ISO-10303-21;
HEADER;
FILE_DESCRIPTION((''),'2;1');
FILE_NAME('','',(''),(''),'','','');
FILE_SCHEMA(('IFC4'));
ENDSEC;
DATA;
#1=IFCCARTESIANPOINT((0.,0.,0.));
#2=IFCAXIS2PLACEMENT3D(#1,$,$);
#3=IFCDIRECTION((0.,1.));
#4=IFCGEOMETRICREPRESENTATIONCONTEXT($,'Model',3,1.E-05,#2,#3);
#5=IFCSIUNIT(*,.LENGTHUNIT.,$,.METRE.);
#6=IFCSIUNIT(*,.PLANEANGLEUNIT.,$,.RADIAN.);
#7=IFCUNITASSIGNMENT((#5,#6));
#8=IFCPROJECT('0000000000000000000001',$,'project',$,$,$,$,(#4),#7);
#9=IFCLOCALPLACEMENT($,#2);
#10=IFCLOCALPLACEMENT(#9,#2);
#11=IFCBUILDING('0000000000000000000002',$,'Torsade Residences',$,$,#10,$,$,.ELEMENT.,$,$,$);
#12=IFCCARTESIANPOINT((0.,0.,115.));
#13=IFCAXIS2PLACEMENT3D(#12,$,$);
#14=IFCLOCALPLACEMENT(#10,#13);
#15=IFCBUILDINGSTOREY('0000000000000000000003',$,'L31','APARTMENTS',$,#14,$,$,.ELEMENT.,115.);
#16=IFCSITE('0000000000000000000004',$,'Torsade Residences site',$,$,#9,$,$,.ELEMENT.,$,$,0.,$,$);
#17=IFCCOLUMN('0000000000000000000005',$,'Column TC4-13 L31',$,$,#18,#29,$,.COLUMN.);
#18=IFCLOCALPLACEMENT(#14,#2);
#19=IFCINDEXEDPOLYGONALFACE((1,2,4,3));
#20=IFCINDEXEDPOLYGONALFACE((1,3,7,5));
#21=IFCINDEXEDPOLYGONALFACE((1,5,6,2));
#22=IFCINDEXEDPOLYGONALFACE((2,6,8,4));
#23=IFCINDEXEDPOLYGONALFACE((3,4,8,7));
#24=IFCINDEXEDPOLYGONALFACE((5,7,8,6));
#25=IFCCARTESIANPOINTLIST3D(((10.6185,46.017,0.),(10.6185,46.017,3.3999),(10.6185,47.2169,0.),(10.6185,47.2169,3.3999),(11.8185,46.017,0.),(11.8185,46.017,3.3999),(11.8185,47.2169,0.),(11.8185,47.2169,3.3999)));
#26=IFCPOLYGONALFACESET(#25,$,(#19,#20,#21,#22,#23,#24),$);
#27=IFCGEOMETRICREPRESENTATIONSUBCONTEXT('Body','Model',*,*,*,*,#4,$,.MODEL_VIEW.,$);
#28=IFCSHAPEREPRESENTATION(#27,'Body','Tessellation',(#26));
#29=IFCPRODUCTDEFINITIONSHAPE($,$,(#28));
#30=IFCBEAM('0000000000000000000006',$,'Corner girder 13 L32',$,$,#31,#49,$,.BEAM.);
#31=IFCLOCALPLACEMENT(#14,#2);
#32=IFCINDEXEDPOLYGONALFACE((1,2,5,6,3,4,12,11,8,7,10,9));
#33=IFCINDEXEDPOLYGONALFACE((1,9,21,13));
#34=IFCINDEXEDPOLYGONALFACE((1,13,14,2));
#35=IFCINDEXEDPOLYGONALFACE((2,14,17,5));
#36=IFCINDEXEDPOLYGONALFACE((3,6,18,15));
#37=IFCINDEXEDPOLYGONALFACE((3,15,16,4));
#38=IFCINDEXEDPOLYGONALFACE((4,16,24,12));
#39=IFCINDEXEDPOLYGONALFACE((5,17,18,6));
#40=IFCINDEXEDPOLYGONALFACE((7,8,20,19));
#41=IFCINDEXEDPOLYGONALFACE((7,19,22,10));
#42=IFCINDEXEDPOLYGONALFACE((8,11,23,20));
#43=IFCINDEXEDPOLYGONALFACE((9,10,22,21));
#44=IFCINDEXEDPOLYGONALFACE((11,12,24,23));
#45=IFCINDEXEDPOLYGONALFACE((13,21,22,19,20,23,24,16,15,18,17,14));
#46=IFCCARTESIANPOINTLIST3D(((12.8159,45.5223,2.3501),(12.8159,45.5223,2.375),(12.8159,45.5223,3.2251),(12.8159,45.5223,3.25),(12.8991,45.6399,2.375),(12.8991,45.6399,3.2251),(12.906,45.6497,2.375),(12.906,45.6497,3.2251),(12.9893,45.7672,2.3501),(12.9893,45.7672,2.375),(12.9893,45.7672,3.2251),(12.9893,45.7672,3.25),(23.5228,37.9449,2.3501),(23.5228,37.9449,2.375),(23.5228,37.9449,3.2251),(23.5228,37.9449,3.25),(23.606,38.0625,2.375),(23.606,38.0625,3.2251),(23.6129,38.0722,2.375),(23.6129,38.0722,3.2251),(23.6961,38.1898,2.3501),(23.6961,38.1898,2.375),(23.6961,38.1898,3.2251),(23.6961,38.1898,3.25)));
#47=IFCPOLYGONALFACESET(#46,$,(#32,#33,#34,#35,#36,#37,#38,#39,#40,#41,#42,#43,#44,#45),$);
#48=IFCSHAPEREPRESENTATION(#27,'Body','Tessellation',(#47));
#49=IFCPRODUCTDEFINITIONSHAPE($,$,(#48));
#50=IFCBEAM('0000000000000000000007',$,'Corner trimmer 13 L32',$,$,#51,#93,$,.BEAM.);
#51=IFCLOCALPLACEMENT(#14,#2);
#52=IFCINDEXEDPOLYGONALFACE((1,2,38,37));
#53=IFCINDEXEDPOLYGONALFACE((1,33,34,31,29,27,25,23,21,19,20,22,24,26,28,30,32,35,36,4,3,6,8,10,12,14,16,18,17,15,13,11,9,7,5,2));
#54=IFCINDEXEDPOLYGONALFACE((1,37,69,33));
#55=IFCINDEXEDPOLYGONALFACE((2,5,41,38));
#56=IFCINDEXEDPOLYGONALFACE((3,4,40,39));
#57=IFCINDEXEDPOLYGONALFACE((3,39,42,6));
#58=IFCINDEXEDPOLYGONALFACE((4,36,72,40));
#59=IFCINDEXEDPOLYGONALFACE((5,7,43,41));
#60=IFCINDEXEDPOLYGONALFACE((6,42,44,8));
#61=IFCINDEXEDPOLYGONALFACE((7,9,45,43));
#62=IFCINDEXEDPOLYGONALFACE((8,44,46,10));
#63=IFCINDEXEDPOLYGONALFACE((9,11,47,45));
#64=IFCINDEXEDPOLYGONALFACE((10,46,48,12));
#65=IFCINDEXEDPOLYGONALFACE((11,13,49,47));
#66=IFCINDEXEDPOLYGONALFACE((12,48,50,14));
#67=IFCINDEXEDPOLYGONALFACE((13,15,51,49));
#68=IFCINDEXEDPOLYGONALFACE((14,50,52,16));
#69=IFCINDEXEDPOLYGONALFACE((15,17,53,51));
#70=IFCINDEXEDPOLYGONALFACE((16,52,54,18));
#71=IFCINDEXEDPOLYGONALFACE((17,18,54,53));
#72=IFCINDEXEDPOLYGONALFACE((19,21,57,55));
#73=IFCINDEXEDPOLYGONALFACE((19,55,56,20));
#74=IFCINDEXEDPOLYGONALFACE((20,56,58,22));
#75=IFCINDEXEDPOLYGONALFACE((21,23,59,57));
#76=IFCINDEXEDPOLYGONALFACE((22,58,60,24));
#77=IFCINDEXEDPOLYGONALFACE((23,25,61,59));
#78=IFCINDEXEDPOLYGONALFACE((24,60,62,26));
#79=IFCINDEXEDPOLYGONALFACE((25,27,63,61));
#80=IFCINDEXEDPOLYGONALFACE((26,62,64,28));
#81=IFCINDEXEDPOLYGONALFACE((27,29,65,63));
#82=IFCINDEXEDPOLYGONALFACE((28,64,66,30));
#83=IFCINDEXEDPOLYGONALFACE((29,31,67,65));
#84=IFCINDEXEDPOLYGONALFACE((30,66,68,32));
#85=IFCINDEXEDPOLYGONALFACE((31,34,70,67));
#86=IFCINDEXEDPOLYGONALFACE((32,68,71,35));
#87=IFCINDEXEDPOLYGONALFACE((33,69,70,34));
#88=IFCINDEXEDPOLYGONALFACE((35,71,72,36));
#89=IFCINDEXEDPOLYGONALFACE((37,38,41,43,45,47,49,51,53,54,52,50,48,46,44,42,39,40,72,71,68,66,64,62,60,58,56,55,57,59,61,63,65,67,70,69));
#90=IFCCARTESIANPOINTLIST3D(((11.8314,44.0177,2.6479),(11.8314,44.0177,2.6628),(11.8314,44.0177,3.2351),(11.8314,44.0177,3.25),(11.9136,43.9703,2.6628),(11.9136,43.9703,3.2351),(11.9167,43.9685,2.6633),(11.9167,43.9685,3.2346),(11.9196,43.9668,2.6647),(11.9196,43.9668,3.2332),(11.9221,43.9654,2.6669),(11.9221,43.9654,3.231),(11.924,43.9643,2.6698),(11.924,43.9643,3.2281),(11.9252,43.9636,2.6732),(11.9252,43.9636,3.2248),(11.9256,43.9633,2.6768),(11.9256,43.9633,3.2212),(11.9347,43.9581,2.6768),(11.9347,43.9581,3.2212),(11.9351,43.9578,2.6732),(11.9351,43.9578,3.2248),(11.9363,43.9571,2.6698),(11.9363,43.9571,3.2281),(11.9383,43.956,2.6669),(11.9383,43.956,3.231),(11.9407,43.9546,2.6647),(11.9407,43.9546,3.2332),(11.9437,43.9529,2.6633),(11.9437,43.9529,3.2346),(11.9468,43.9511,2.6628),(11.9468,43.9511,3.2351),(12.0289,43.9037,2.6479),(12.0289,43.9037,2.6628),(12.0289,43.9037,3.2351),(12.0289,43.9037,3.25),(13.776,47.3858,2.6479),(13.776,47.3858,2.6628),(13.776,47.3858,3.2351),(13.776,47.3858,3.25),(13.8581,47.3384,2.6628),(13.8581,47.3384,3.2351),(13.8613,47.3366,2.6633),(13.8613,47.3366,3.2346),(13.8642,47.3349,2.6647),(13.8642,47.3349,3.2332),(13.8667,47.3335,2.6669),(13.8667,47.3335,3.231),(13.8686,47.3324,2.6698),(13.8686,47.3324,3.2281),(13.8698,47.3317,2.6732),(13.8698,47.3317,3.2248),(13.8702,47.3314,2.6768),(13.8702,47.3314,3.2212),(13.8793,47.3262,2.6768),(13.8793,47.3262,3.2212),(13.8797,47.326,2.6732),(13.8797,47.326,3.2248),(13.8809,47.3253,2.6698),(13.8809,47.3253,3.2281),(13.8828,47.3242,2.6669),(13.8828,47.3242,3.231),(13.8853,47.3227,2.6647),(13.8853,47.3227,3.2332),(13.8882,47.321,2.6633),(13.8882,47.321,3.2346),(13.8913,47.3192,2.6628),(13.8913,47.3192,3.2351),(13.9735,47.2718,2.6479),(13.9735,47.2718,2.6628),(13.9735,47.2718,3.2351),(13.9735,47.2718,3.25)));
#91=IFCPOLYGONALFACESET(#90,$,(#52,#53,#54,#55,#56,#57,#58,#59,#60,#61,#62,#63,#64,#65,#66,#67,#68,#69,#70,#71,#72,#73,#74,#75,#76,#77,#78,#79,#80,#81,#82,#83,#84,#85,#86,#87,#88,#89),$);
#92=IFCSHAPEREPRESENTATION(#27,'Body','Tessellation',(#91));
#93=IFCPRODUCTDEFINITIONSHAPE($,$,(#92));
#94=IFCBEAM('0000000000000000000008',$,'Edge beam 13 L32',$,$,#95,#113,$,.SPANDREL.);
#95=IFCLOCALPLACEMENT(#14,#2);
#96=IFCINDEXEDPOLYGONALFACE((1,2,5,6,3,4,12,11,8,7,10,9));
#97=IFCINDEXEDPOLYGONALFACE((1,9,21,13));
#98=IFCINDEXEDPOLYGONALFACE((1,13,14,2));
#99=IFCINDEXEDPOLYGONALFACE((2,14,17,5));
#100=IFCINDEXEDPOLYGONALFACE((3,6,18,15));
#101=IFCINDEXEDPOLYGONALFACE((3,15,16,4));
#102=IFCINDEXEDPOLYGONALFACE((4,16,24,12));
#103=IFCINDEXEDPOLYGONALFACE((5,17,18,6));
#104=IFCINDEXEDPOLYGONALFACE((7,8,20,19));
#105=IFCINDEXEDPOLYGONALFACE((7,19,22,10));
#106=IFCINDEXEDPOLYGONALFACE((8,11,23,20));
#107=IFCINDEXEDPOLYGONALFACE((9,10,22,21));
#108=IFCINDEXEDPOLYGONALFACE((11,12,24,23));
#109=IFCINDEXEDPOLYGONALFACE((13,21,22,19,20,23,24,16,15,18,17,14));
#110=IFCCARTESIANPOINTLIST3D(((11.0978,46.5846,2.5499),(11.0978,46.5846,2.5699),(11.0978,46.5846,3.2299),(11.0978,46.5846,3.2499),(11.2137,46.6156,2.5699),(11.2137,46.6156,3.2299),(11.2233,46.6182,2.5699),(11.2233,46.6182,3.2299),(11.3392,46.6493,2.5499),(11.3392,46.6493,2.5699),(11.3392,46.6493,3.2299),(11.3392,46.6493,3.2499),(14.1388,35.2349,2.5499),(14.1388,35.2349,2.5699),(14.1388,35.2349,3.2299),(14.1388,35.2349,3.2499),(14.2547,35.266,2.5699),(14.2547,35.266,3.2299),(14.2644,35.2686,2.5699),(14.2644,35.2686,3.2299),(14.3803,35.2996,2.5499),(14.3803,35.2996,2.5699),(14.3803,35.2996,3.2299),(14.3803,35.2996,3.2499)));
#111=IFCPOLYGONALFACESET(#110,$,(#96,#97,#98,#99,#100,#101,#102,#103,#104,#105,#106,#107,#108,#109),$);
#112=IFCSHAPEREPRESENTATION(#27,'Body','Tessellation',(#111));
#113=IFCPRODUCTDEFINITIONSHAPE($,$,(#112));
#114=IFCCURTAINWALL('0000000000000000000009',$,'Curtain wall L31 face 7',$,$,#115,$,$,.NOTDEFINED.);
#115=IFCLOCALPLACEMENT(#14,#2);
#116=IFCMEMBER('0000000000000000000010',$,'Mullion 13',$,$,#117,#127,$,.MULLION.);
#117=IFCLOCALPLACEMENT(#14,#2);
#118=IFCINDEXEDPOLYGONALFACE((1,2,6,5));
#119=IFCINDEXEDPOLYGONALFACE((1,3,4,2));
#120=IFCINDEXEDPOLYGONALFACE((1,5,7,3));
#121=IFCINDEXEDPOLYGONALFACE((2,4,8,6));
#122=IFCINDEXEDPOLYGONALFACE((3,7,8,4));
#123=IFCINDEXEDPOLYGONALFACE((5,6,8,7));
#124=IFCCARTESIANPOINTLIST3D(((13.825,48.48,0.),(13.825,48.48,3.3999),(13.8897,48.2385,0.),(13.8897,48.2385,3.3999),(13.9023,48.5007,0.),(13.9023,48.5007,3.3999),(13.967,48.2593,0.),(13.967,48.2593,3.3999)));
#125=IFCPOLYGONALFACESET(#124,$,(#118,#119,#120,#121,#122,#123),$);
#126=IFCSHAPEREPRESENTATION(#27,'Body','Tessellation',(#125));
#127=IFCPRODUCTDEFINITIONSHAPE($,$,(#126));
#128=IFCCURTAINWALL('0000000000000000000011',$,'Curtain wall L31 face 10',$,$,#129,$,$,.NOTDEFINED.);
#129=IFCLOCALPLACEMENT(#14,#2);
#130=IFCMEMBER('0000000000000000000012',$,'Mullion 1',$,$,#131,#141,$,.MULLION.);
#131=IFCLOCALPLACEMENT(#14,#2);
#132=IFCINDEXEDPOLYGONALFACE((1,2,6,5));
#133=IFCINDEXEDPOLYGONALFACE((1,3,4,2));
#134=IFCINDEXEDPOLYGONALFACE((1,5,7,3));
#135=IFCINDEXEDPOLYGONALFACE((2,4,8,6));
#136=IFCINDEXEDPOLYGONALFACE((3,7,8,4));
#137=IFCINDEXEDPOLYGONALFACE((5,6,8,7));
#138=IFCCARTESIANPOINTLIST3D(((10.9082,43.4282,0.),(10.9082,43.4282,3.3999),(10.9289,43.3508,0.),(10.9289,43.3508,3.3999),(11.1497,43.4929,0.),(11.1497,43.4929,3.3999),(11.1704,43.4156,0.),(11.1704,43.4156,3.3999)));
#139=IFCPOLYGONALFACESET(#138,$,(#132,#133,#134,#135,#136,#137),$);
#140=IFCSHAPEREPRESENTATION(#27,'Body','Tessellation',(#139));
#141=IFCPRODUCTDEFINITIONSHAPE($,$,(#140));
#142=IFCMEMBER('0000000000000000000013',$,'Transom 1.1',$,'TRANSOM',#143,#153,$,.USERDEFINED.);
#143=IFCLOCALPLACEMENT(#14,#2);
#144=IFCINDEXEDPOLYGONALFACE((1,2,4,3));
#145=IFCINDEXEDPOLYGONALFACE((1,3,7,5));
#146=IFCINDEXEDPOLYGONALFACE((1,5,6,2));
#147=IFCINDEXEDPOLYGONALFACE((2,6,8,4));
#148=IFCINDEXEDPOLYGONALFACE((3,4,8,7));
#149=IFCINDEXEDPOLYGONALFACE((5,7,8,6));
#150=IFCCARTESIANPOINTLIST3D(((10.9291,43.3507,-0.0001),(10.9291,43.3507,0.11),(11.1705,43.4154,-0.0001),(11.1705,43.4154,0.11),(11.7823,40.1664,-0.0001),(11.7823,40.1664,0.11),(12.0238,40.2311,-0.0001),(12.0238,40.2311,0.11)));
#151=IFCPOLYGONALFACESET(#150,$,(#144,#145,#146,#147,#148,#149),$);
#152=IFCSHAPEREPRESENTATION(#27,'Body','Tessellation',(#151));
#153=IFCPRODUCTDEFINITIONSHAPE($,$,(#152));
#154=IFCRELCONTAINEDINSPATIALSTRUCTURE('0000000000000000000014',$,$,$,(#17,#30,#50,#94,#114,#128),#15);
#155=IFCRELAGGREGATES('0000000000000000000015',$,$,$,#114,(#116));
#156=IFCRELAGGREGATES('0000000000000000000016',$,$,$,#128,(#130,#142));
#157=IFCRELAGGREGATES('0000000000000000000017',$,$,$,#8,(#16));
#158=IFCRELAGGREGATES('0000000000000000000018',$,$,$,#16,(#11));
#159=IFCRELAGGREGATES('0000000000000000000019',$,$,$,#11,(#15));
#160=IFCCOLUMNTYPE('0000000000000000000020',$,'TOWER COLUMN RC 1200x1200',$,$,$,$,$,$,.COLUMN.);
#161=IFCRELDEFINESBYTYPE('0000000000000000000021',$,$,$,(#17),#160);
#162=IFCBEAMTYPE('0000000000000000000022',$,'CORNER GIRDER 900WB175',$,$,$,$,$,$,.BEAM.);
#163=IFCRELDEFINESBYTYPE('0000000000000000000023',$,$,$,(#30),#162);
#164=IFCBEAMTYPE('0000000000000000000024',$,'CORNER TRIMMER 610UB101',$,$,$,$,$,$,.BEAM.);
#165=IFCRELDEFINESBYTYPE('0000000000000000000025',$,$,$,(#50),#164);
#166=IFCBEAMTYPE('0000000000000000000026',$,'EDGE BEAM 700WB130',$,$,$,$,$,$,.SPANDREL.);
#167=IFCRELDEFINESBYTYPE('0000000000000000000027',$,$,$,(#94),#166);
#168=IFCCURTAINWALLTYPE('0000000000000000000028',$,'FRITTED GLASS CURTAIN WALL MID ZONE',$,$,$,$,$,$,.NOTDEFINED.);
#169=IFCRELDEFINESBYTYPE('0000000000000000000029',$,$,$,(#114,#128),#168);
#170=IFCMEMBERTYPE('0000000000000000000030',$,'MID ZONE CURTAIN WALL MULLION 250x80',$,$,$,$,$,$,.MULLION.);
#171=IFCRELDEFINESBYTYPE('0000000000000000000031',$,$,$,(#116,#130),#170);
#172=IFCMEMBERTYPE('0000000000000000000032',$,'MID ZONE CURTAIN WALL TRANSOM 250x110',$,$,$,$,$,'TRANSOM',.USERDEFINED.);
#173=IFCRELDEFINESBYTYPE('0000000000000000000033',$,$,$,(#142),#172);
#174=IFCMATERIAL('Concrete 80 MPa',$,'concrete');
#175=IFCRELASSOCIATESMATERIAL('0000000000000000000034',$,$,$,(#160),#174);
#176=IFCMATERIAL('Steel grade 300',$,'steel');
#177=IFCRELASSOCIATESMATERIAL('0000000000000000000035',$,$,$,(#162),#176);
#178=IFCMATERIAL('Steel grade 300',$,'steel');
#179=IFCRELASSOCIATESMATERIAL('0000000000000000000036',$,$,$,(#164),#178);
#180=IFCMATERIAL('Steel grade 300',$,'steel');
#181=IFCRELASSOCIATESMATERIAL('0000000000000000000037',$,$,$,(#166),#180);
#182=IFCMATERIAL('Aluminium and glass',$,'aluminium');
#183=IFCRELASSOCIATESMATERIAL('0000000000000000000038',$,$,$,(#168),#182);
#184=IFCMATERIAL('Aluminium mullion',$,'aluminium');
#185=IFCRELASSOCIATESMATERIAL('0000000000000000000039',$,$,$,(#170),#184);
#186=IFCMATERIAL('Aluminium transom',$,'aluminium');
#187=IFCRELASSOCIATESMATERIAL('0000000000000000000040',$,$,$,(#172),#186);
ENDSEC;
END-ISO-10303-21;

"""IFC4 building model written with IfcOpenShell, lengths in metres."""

from ifc_helpers import new_model, si_unit, direction, frame, origin, origin_2d, place, context, subcontext, project, spatial, rectangle, i_section, extrude, material, material_profile, profile_set, type_object, element, aggregate, save


model = new_model("IFC4")

# Units and contexts
model_context = context("Model", 3, precision=1e-05, world=origin(), true_north=direction((0.0, 1.0)))
body_context = subcontext(model_context, "Body", "Model", "MODEL_VIEW")
ifc_project = project(units=[si_unit("LENGTHUNIT", "METRE"), si_unit("PLANEANGLEUNIT", "RADIAN")], contexts=[model_context])

# Site, building, storey
site_placement = place(None, origin())
site = spatial("IfcSite", under=ifc_project, at=site_placement, Name="Torsade Residences site", CompositionType="ELEMENT", RefElevation=0.0)
building_placement = place(site_placement, origin())
building = spatial("IfcBuilding", under=site, at=building_placement, Name="Torsade Residences", CompositionType="ELEMENT")
storey_placement = place(building_placement, frame((0.0, 0.0, 115.0)))
storey = spatial("IfcBuildingStorey", under=building, at=storey_placement, Name="L31", Description="APARTMENTS", CompositionType="ELEMENT", Elevation=115.0)

# Column
ifc_material_1 = material(Name="Concrete 80 MPa", Category="concrete")
ifc_material_profile_1 = material_profile(ifc_material_1, rectangle(XDim=1.2, YDim=1.2, at=origin_2d()), Name="RC 1200x1200")
ifc_profile_set_1 = profile_set([ifc_material_profile_1], Name="Concrete 80 MPa")
column_type = type_object("IfcColumnType", Name="TOWER COLUMN RC 1200x1200", PredefinedType="COLUMN", material=ifc_profile_set_1)
column_placement = place(storey_placement, frame((11.2185, 46.6169, 0.0), z_axis=(0.0, 0.0, 1.0), x_axis=(1.0, 0.0, 0.0)))
element("IfcColumn", 1, at=column_placement, inside=storey, type_object=column_type, Name="Column TC4-13 L31", PredefinedType="COLUMN", context=body_context, shape_type="SweptSolid", body=[
    extrude(rectangle(XDim=1.2, YDim=1.2, at=origin_2d()), origin(), (0.0, 0.0, 1.0), 3.3999),
])

# Beams
ifc_material_2 = material(Name="Steel grade 300", Category="steel")
ifc_material_profile_2 = material_profile(ifc_material_2, i_section(OverallWidth=0.3, OverallDepth=0.8999, WebThickness=0.012, FlangeThickness=0.0249, at=origin_2d()), Name="900WB175")
ifc_profile_set_2 = profile_set([ifc_material_profile_2], Name="Steel grade 300")
beam_type_1 = type_object("IfcBeamType", Name="CORNER GIRDER 900WB175", PredefinedType="BEAM", material=ifc_profile_set_2)
beam_1_placement = place(storey_placement, frame((12.9026, 45.6448, 2.8), z_axis=(0.816261, -0.577683, 0.0), x_axis=(0.577683, 0.816261, 0.0)))
element("IfcBeam", 2, at=beam_1_placement, inside=storey, type_object=beam_type_1, Name="Corner girder 13 L32", PredefinedType="BEAM", context=body_context, shape_type="SweptSolid", body=[
    extrude(i_section(OverallWidth=0.3, OverallDepth=0.8999, WebThickness=0.012, FlangeThickness=0.0249, at=origin_2d()), origin(), (0.0, 0.0, 1.0), 13.1169),
])
ifc_material_3 = material(Name="Steel grade 300", Category="steel")
ifc_material_profile_3 = material_profile(ifc_material_3, i_section(OverallWidth=0.228, OverallDepth=0.6021, WebThickness=0.0105, FlangeThickness=0.0149, FilletRadius=0.0139, at=origin_2d()), Name="610UB101")
ifc_profile_set_3 = profile_set([ifc_material_profile_3], Name="Steel grade 300")
beam_type_2 = type_object("IfcBeamType", Name="CORNER TRIMMER 610UB101", PredefinedType="BEAM", material=ifc_profile_set_3)
beam_2_placement = place(storey_placement, frame((11.9302, 43.9607, 2.949), z_axis=(0.499994, 0.866029, 0.0), x_axis=(-0.866029, 0.499994, 0.0)))
element("IfcBeam", 3, at=beam_2_placement, inside=storey, type_object=beam_type_2, Name="Corner trimmer 13 L32", PredefinedType="BEAM", context=body_context, shape_type="SweptSolid", body=[
    extrude(i_section(OverallWidth=0.228, OverallDepth=0.6021, WebThickness=0.0105, FlangeThickness=0.0149, FilletRadius=0.0139, at=origin_2d()), origin(), (0.0, 0.0, 1.0), 3.8892),
])
ifc_material_4 = material(Name="Steel grade 300", Category="steel")
ifc_material_profile_4 = material_profile(ifc_material_4, i_section(OverallWidth=0.25, OverallDepth=0.7, WebThickness=0.01, FlangeThickness=0.02, at=origin_2d()), Name="700WB130")
ifc_profile_set_4 = profile_set([ifc_material_profile_4], Name="Steel grade 300")
beam_type_3 = type_object("IfcBeamType", Name="EDGE BEAM 700WB130", PredefinedType="SPANDREL", material=ifc_profile_set_4)
beam_3_placement = place(storey_placement, frame((11.2185, 46.6169, 2.8999), z_axis=(0.258811, -0.965928, 0.0), x_axis=(0.965928, 0.258811, 0.0)))
element("IfcBeam", 4, at=beam_3_placement, inside=storey, type_object=beam_type_3, Name="Edge beam 13 L32", PredefinedType="SPANDREL", context=body_context, shape_type="SweptSolid", body=[
    extrude(i_section(OverallWidth=0.25, OverallDepth=0.7, WebThickness=0.01, FlangeThickness=0.02, at=origin_2d()), origin(), (0.0, 0.0, 1.0), 11.75),
])

# Curtain wall, member
ifc_material_5 = material(Name="Aluminium and glass", Category="aluminium")
curtain_wall_type = type_object("IfcCurtainWallType", Name="FRITTED GLASS CURTAIN WALL MID ZONE", PredefinedType="NOTDEFINED", material=ifc_material_5)
curtain_wall_1_placement = place(storey_placement, origin())
curtain_wall_1 = element("IfcCurtainWall", 5, at=curtain_wall_1_placement, inside=storey, type_object=curtain_wall_type, Name="Curtain wall L31 face 7", PredefinedType="NOTDEFINED")
ifc_material_6 = material(Name="Aluminium mullion", Category="aluminium")
ifc_material_profile_5 = material_profile(ifc_material_6, rectangle(XDim=0.25, YDim=0.0801, at=origin_2d()), Name="MID ZONE CURTAIN WALL MULLION 250x80")
ifc_profile_set_5 = profile_set([ifc_material_profile_5], Name="Aluminium mullion")
member_type_1 = type_object("IfcMemberType", Name="MID ZONE CURTAIN WALL MULLION 250x80", PredefinedType="MULLION", material=ifc_profile_set_5)
member_1_placement = place(storey_placement, frame((13.896, 48.3696, 0.0), z_axis=(0.0, 0.0, 1.0), x_axis=(0.258819, -0.965926, 0.0)))
member_1 = element("IfcMember", 6, at=member_1_placement, type_object=member_type_1, Name="Mullion 13", PredefinedType="MULLION", context=body_context, shape_type="SweptSolid", body=[
    extrude(rectangle(XDim=0.25, YDim=0.0801, at=origin_2d()), origin(), (0.0, 0.0, 1.0), 3.3999),
])
aggregate(curtain_wall_1, [member_1])

# Curtain wall, members
curtain_wall_2_placement = place(storey_placement, origin())
curtain_wall_2 = element("IfcCurtainWall", 7, at=curtain_wall_2_placement, inside=storey, type_object=curtain_wall_type, Name="Curtain wall L31 face 10", PredefinedType="NOTDEFINED")
member_2_placement = place(storey_placement, frame((11.0393, 43.4219, 0.0), z_axis=(0.0, 0.0, 1.0), x_axis=(0.965926, 0.258819, 0.0)))
member_2 = element("IfcMember", 8, at=member_2_placement, type_object=member_type_1, Name="Mullion 1", PredefinedType="MULLION", context=body_context, shape_type="SweptSolid", body=[
    extrude(rectangle(XDim=0.25, YDim=0.0801, at=origin_2d()), origin(), (0.0, 0.0, 1.0), 3.3999),
])
ifc_material_7 = material(Name="Aluminium transom", Category="aluminium")
ifc_material_profile_6 = material_profile(ifc_material_7, rectangle(XDim=0.25, YDim=0.1101, at=origin_2d()), Name="MID ZONE CURTAIN WALL TRANSOM 250x110")
ifc_profile_set_6 = profile_set([ifc_material_profile_6], Name="Aluminium transom")
member_type_2 = type_object("IfcMemberType", Name="MID ZONE CURTAIN WALL TRANSOM 250x110", ElementType="TRANSOM", PredefinedType="USERDEFINED", material=ifc_profile_set_6)
member_3_placement = place(storey_placement, frame((11.0498, 43.3831, 0.0549), z_axis=(0.258829, -0.965923, 0.0), x_axis=(0.965923, 0.258829, 0.0)))
member_3 = element("IfcMember", 9, at=member_3_placement, type_object=member_type_2, Name="Transom 1.1", ObjectType="TRANSOM", PredefinedType="USERDEFINED", context=body_context, shape_type="SweptSolid", body=[
    extrude(rectangle(XDim=0.25, YDim=0.1101, at=origin_2d()), origin(), (0.0, 0.0, 1.0), 3.2966),
])
aggregate(curtain_wall_2, [member_2, member_3])

save(model, "model.ifc")
